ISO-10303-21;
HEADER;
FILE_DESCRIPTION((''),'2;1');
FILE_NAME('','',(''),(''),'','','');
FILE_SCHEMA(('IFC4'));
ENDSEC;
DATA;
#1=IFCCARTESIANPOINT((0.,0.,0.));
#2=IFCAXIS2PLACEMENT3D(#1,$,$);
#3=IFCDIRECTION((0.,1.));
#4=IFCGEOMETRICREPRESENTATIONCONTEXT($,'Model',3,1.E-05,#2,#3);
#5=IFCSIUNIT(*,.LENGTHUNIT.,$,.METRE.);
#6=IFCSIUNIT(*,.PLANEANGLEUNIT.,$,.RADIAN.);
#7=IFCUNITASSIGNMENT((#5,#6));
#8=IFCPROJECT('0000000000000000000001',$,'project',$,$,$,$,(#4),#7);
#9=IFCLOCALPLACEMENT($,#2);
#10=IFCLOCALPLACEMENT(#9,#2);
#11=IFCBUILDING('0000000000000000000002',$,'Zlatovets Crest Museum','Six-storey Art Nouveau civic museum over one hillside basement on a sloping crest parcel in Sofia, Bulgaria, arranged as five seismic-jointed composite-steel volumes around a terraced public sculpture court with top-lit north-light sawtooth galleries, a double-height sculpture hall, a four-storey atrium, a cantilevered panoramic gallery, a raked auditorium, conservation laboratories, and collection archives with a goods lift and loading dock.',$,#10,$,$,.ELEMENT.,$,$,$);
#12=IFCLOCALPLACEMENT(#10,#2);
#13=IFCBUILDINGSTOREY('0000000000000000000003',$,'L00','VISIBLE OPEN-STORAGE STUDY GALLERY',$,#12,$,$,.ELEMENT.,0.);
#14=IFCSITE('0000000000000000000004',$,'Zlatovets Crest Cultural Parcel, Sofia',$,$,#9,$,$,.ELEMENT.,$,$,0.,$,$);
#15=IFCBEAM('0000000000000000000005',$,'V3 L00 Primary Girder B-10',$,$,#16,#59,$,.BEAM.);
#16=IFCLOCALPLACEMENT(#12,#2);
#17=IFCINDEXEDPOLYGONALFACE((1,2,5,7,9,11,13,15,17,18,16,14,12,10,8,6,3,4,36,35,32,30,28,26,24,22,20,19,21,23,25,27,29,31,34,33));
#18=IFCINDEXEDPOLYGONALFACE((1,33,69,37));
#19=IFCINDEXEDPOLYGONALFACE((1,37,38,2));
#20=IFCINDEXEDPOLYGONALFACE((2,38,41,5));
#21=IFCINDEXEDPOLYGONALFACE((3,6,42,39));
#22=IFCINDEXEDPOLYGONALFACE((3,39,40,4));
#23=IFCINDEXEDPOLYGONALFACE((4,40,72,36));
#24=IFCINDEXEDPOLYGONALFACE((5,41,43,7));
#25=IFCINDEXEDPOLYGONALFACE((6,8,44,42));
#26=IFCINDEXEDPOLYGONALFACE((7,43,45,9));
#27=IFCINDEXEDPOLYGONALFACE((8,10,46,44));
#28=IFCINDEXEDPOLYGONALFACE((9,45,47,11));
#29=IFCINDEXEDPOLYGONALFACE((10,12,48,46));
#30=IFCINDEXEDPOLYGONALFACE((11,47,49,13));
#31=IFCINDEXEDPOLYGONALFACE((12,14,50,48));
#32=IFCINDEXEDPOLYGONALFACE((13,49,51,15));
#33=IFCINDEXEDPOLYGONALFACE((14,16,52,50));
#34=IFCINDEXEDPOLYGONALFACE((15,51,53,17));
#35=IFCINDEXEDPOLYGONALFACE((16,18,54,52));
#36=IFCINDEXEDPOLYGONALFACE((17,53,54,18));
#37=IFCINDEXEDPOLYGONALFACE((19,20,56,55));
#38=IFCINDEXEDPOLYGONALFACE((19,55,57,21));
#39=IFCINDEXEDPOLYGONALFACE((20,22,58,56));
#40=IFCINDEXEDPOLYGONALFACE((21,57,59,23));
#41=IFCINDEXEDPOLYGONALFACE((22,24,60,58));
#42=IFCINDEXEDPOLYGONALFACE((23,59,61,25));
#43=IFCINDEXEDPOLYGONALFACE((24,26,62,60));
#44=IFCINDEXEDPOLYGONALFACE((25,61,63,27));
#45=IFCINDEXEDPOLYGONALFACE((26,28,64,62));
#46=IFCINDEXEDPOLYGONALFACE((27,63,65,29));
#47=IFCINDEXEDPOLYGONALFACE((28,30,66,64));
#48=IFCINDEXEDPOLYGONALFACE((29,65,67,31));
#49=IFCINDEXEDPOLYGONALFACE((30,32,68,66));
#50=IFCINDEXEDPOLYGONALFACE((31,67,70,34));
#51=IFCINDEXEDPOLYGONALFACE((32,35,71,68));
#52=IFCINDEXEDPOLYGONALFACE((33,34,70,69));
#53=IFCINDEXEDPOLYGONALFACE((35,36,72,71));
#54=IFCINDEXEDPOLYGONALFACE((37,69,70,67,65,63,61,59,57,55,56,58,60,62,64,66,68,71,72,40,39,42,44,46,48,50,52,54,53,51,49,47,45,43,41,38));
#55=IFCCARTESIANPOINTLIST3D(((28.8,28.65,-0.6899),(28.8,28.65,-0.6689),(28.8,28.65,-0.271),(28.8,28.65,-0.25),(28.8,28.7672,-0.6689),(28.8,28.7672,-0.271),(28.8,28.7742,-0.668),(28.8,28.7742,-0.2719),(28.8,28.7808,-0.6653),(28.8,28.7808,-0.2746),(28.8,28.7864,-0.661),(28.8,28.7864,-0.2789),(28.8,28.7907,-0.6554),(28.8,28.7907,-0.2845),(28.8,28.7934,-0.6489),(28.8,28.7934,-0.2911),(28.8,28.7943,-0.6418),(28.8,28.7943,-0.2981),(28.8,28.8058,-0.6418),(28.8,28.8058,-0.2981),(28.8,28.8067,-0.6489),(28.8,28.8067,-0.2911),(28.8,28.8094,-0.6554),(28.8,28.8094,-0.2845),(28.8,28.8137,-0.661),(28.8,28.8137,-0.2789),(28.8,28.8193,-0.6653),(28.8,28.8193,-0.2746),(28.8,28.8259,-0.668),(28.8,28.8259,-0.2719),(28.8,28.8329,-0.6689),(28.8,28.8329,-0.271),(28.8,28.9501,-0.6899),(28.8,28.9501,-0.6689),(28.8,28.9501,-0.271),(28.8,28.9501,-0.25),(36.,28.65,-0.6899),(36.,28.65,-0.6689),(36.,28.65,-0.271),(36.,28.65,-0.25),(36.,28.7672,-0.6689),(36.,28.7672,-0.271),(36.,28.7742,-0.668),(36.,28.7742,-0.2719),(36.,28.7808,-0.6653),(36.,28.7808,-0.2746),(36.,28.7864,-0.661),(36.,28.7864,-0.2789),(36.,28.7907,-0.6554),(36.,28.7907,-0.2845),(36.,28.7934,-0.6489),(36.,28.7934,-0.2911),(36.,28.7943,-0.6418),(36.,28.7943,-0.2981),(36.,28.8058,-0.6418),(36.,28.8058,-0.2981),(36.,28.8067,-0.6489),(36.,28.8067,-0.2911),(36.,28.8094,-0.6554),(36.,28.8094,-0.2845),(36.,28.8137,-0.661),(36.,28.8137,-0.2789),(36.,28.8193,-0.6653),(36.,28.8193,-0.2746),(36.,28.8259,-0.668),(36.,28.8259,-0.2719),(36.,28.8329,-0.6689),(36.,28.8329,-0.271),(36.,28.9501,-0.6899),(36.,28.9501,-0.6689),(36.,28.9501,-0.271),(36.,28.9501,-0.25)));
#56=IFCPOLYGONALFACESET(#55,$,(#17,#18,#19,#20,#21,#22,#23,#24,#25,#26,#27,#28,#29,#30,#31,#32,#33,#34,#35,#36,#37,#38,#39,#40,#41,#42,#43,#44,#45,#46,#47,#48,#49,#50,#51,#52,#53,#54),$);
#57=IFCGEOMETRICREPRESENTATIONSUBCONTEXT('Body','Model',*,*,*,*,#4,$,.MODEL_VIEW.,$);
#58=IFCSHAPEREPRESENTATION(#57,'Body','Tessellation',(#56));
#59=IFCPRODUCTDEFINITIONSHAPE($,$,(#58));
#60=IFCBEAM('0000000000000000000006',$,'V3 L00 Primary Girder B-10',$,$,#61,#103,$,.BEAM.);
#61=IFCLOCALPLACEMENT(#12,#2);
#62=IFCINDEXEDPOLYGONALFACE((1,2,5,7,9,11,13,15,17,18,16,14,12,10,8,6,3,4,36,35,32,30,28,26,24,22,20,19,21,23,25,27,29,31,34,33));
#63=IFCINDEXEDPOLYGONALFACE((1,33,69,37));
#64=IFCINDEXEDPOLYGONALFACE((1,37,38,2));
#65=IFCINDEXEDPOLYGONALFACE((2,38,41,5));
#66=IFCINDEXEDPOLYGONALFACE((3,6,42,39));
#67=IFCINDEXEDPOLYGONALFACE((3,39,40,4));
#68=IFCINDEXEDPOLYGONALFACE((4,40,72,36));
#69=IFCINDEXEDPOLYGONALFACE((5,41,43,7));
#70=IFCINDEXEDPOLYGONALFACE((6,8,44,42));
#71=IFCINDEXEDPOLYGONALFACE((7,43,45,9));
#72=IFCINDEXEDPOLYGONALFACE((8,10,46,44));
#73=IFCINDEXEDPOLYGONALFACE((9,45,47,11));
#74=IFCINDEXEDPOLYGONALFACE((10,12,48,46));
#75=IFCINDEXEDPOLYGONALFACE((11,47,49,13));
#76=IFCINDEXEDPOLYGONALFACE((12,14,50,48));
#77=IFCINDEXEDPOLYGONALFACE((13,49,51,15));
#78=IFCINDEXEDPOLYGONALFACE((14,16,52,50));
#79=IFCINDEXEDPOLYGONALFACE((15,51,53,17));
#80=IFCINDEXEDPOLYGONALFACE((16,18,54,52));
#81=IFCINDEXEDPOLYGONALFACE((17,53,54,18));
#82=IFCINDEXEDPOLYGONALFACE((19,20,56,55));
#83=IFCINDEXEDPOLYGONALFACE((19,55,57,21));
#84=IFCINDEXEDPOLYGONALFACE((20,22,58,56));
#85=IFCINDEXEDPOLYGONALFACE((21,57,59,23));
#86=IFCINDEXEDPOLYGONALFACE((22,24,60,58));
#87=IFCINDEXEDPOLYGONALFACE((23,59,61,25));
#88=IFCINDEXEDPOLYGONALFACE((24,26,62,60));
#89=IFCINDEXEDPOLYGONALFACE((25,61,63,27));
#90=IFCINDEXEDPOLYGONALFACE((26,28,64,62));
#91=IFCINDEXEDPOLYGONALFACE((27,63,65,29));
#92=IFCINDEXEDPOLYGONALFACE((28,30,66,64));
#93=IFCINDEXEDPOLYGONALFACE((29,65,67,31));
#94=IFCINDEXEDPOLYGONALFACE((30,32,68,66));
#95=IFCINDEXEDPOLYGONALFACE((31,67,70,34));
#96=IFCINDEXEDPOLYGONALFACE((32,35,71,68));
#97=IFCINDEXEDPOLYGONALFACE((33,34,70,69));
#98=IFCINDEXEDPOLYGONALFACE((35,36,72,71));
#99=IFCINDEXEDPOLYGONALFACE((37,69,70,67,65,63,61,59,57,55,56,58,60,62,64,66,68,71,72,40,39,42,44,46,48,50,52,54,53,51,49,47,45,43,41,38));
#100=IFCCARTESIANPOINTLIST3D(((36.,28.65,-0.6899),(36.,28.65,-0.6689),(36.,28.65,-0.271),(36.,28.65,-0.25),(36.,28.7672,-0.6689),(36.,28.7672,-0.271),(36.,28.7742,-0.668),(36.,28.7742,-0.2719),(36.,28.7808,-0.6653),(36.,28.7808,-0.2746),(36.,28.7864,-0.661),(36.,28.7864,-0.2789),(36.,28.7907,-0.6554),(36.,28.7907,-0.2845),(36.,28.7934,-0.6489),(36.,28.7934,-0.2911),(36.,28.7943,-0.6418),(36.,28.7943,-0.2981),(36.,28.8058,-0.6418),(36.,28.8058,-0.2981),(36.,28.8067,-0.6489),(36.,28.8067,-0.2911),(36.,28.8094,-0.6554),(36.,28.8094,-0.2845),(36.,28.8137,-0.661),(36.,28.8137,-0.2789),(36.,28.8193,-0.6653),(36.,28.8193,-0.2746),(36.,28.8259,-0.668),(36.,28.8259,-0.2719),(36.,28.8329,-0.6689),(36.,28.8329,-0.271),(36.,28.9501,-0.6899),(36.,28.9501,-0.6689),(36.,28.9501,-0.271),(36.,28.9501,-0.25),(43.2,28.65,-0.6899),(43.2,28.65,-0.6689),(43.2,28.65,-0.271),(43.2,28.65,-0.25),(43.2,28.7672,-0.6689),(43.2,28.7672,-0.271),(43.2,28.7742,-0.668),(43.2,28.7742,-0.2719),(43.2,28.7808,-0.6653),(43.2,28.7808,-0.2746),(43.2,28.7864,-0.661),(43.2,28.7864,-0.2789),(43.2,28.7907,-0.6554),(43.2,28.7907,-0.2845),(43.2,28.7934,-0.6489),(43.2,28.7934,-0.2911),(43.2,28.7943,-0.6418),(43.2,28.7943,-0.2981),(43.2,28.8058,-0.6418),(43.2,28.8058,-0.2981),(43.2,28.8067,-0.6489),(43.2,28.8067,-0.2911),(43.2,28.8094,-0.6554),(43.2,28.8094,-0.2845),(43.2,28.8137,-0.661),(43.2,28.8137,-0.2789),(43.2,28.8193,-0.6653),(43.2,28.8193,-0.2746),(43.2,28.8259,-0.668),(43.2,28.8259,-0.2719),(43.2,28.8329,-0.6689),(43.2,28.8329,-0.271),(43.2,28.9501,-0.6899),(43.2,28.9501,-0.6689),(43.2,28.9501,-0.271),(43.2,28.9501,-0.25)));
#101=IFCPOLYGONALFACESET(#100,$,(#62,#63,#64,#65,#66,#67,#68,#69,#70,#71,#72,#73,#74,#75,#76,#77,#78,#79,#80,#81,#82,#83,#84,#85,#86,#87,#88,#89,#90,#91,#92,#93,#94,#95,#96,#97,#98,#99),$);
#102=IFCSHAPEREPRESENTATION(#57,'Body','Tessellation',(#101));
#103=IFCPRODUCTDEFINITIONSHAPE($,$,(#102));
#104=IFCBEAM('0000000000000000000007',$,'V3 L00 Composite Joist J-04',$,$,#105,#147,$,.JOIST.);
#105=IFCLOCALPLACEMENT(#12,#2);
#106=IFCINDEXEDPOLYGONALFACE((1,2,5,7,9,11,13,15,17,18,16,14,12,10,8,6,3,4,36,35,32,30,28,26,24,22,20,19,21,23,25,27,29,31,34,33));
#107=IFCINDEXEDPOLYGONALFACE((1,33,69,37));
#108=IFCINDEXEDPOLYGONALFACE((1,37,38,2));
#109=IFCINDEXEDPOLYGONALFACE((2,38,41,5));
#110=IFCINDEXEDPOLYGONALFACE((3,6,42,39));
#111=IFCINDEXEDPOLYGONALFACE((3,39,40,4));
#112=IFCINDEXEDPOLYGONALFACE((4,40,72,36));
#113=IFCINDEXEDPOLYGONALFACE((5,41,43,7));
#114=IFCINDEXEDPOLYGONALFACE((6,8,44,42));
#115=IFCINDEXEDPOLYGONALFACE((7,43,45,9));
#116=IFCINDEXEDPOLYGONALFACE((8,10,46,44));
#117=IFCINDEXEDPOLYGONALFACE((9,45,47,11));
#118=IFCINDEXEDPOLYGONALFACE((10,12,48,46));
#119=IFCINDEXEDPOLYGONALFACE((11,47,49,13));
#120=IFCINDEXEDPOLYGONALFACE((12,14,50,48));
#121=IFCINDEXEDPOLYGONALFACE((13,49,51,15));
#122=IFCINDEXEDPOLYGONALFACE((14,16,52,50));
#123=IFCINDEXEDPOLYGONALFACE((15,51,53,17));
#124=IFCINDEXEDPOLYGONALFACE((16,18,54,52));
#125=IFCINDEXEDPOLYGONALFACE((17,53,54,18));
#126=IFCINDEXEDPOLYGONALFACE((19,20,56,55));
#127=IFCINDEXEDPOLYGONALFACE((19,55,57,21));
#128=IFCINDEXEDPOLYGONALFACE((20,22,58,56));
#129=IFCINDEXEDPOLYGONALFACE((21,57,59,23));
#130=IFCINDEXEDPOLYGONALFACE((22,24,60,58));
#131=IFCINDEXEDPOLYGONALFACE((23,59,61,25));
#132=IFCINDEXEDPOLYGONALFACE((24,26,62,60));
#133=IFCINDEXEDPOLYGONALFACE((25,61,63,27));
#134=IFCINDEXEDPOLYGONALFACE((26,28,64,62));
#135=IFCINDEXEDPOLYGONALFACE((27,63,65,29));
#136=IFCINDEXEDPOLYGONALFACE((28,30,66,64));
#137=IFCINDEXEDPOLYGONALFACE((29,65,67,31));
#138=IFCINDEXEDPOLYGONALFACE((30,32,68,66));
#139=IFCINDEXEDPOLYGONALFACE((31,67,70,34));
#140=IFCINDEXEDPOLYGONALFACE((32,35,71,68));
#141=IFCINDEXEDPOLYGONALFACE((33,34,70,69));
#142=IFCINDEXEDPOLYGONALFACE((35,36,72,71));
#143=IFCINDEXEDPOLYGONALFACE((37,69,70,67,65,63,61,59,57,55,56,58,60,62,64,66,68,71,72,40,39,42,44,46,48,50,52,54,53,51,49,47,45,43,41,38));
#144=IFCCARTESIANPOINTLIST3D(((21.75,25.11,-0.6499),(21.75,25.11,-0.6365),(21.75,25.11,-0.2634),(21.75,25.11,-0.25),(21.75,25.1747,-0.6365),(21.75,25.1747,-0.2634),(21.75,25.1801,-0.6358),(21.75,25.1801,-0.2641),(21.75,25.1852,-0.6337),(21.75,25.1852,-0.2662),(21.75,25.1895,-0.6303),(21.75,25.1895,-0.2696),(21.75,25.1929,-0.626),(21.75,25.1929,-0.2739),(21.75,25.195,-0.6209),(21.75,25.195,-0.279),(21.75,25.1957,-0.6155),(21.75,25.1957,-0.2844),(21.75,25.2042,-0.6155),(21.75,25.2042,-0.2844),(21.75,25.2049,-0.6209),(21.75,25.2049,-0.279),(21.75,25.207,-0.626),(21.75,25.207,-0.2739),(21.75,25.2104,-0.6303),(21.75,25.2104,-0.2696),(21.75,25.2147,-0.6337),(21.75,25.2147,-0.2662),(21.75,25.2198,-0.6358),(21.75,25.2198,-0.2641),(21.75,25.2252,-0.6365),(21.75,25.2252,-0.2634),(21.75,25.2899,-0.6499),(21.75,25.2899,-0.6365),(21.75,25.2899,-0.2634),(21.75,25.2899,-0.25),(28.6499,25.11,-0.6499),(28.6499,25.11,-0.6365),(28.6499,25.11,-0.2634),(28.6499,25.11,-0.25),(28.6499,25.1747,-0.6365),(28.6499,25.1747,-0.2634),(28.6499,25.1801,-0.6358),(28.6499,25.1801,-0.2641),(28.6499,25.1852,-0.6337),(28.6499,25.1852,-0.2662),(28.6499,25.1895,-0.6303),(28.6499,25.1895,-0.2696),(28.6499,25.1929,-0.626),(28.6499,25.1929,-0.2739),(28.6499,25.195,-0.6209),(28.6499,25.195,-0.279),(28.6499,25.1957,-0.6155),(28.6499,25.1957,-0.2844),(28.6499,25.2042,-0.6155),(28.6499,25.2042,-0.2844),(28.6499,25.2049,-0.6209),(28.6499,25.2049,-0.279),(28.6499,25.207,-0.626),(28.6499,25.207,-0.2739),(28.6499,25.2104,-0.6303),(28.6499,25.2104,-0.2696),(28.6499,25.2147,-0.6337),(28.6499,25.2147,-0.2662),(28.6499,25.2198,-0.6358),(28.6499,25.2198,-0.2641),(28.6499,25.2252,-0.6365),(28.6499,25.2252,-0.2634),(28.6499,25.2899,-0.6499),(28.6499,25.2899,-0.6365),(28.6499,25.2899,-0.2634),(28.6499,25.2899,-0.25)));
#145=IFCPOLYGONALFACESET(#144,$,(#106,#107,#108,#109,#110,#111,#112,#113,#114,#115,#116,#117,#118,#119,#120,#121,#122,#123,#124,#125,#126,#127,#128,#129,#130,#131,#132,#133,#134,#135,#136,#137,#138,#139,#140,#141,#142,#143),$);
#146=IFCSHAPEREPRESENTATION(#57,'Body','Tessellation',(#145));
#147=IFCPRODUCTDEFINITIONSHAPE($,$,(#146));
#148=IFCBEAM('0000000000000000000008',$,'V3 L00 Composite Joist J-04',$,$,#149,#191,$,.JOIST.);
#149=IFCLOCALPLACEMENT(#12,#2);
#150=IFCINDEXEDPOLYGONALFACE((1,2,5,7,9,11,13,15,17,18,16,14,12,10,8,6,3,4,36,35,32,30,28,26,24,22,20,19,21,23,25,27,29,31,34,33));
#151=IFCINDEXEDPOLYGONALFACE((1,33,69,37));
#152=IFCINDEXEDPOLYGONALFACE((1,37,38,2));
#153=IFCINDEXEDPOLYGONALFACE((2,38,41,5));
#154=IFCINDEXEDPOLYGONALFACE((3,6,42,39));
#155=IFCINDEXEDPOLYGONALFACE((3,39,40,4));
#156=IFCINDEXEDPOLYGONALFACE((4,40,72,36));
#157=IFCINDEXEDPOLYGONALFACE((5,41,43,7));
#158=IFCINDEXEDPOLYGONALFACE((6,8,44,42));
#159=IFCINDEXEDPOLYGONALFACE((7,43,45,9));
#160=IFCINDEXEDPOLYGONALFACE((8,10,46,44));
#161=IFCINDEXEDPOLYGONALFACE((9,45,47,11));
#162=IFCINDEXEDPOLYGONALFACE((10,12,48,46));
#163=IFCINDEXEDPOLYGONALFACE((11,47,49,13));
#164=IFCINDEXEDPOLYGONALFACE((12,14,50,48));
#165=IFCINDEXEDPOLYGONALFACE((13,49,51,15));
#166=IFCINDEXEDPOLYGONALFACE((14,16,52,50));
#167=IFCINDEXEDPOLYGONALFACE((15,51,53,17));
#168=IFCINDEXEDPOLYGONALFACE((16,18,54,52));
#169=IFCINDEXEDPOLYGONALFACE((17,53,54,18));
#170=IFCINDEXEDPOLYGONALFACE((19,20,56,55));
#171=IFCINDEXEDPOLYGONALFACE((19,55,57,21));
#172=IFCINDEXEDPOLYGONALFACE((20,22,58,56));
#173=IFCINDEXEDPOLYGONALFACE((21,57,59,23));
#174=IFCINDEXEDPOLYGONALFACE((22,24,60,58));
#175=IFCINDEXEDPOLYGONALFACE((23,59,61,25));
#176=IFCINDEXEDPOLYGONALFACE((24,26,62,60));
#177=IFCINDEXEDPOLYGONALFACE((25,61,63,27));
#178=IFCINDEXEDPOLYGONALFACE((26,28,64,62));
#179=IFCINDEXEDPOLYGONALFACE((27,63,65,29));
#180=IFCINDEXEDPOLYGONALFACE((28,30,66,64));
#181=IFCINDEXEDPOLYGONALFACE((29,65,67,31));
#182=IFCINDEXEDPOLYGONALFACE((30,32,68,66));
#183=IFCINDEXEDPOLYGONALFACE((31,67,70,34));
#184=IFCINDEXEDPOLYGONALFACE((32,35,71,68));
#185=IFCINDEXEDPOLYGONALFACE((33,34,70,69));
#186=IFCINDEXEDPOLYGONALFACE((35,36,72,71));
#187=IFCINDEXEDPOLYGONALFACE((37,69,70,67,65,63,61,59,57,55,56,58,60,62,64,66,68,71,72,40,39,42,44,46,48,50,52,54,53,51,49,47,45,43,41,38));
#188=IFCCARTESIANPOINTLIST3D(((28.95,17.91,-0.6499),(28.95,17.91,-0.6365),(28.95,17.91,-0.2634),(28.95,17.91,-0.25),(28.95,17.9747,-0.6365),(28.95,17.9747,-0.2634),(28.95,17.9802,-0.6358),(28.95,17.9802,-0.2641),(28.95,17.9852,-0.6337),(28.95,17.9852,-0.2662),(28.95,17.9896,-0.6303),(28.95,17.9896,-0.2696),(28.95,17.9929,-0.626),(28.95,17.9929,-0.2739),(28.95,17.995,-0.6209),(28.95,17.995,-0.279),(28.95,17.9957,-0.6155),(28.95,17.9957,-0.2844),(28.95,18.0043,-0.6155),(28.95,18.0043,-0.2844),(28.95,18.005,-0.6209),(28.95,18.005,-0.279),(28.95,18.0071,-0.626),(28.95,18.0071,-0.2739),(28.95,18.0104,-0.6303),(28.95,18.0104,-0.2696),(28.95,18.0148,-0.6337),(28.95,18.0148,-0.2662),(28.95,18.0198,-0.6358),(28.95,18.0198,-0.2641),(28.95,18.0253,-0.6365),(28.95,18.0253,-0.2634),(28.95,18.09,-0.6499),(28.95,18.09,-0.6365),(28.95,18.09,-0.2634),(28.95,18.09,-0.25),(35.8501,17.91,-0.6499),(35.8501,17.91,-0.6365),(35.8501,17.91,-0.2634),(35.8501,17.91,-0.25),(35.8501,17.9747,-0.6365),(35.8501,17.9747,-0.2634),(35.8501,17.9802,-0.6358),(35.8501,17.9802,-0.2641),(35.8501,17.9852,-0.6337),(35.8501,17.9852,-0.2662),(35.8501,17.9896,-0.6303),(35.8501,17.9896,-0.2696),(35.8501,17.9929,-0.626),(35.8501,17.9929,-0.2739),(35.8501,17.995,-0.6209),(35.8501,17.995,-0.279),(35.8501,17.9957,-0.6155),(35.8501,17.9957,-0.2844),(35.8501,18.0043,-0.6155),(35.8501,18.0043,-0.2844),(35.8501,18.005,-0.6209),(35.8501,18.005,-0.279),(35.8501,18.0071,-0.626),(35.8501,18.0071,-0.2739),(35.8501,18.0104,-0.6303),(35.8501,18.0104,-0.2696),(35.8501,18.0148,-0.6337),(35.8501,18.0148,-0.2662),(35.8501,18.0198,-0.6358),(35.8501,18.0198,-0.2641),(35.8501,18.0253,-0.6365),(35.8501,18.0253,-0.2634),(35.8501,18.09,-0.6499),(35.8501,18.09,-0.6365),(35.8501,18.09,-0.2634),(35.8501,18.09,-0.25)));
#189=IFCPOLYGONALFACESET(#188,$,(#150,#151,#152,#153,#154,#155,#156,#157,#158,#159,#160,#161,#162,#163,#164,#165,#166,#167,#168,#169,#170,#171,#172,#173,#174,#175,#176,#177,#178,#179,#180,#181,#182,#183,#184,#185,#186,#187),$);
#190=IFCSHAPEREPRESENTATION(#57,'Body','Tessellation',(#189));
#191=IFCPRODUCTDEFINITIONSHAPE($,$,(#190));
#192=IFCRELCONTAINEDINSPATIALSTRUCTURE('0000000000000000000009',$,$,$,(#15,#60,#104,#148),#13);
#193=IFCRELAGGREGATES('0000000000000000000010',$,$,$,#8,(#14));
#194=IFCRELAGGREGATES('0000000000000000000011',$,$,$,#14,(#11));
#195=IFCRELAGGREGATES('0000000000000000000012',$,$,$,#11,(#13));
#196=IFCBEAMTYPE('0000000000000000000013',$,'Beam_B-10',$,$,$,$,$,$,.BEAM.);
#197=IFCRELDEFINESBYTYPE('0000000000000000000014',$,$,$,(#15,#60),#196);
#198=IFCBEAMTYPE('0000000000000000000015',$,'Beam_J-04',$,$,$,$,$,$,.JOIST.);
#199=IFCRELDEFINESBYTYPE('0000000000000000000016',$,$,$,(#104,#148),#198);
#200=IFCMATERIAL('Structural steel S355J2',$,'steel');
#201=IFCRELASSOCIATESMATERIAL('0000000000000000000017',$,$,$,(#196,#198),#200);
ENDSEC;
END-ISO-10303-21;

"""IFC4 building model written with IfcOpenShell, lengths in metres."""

from ifc_helpers import new_model, si_unit, direction, frame, origin, origin_2d, place, context, subcontext, project, spatial, i_section, extrude, material, material_profile, profile_set, type_object, element, save


model = new_model("IFC4")

# Units and contexts
model_context = context("Model", 3, precision=1e-05, world=origin(), true_north=direction((0.0, 1.0)))
body_context = subcontext(model_context, "Body", "Model", "MODEL_VIEW")
ifc_project = project(units=[si_unit("LENGTHUNIT", "METRE"), si_unit("PLANEANGLEUNIT", "RADIAN")], contexts=[model_context])

# Site, building, storey
site_placement = place(None, origin())
site = spatial("IfcSite", under=ifc_project, at=site_placement, Name="Zlatovets Crest Cultural Parcel, Sofia", CompositionType="ELEMENT", RefElevation=0.0)
building_placement = place(site_placement, origin())
building = spatial("IfcBuilding", under=site, at=building_placement, Name="Zlatovets Crest Museum", Description="Six-storey Art Nouveau civic museum over one hillside basement on a sloping crest parcel in Sofia, Bulgaria, arranged as five seismic-jointed composite-steel volumes around a terraced public sculpture court with top-lit north-light sawtooth galleries, a double-height sculpture hall, a four-storey atrium, a cantilevered panoramic gallery, a raked auditorium, conservation laboratories, and collection archives with a goods lift and loading dock.", CompositionType="ELEMENT")
storey_placement = place(building_placement, origin())
storey = spatial("IfcBuildingStorey", under=building, at=storey_placement, Name="L00", Description="VISIBLE OPEN-STORAGE STUDY GALLERY", CompositionType="ELEMENT", Elevation=0.0)

# Shared definitions
ifc_material_1 = material(Name="Structural steel S355J2", Category="steel")

# Beams
ifc_material_profile_1 = material_profile(ifc_material_1, i_section(OverallWidth=0.3, OverallDepth=0.4399, WebThickness=0.0115, FlangeThickness=0.021, FilletRadius=0.0271, at=origin_2d()), Name="HEA 450")
ifc_profile_set_1 = profile_set([ifc_material_profile_1], Name="Structural steel S355J2")
beam_type_1 = type_object("IfcBeamType", Name="Beam_B-10", PredefinedType="BEAM", material=ifc_profile_set_1)
for number, where, z_axis, x_axis, name in (
    (1, (28.8, 28.8, -0.47), (1.0, 0.0, 0.0), (0.0, 1.0, 0.0), "V3 L00 Primary Girder B-10"),
    (2, (36.0, 28.8, -0.47), (1.0, 0.0, 0.0), (0.0, 1.0, 0.0), "V3 L00 Primary Girder B-10"),
):
    element("IfcBeam", number, at=place(storey_placement, frame(where, z_axis=z_axis, x_axis=x_axis)), inside=storey, type_object=beam_type_1, Name=name, PredefinedType="BEAM", context=body_context, shape_type="SweptSolid", body=[
        extrude(i_section(OverallWidth=0.3, OverallDepth=0.4399, WebThickness=0.0115, FlangeThickness=0.021, FilletRadius=0.0271, at=origin_2d()), origin(), (0.0, 0.0, 1.0), 7.2),
    ])
ifc_material_profile_2 = material_profile(ifc_material_1, i_section(OverallWidth=0.1799, OverallDepth=0.3999, WebThickness=0.0085, FlangeThickness=0.0134, FilletRadius=0.021, at=origin_2d()), Name="IPE 400")
ifc_profile_set_2 = profile_set([ifc_material_profile_2], Name="Structural steel S355J2")
beam_type_2 = type_object("IfcBeamType", Name="Beam_J-04", PredefinedType="JOIST", material=ifc_profile_set_2)
beam_1_placement = place(storey_placement, frame((21.75, 25.2, -0.45), z_axis=(1.0, 0.0, 0.0), x_axis=(0.0, 1.0, 0.0)))
element("IfcBeam", 3, at=beam_1_placement, inside=storey, type_object=beam_type_2, Name="V3 L00 Composite Joist J-04", PredefinedType="JOIST", context=body_context, shape_type="SweptSolid", body=[
    extrude(i_section(OverallWidth=0.1799, OverallDepth=0.3999, WebThickness=0.0085, FlangeThickness=0.0134, FilletRadius=0.021, at=origin_2d()), origin(), (0.0, 0.0, 1.0), 6.8999),
])
for number, where, z_axis, x_axis, name in (
    (4, (28.95, 18.0, -0.45), (1.0, 0.0, 0.0), (0.0, 1.0, 0.0), "V3 L00 Composite Joist J-04"),
):
    element("IfcBeam", number, at=place(storey_placement, frame(where, z_axis=z_axis, x_axis=x_axis)), inside=storey, type_object=beam_type_2, Name=name, PredefinedType="JOIST", context=body_context, shape_type="SweptSolid", body=[
        extrude(i_section(OverallWidth=0.1799, OverallDepth=0.3999, WebThickness=0.0085, FlangeThickness=0.0134, FilletRadius=0.021, at=origin_2d()), origin(), (0.0, 0.0, 1.0), 6.9001),
    ])

save(model, "model.ifc")
